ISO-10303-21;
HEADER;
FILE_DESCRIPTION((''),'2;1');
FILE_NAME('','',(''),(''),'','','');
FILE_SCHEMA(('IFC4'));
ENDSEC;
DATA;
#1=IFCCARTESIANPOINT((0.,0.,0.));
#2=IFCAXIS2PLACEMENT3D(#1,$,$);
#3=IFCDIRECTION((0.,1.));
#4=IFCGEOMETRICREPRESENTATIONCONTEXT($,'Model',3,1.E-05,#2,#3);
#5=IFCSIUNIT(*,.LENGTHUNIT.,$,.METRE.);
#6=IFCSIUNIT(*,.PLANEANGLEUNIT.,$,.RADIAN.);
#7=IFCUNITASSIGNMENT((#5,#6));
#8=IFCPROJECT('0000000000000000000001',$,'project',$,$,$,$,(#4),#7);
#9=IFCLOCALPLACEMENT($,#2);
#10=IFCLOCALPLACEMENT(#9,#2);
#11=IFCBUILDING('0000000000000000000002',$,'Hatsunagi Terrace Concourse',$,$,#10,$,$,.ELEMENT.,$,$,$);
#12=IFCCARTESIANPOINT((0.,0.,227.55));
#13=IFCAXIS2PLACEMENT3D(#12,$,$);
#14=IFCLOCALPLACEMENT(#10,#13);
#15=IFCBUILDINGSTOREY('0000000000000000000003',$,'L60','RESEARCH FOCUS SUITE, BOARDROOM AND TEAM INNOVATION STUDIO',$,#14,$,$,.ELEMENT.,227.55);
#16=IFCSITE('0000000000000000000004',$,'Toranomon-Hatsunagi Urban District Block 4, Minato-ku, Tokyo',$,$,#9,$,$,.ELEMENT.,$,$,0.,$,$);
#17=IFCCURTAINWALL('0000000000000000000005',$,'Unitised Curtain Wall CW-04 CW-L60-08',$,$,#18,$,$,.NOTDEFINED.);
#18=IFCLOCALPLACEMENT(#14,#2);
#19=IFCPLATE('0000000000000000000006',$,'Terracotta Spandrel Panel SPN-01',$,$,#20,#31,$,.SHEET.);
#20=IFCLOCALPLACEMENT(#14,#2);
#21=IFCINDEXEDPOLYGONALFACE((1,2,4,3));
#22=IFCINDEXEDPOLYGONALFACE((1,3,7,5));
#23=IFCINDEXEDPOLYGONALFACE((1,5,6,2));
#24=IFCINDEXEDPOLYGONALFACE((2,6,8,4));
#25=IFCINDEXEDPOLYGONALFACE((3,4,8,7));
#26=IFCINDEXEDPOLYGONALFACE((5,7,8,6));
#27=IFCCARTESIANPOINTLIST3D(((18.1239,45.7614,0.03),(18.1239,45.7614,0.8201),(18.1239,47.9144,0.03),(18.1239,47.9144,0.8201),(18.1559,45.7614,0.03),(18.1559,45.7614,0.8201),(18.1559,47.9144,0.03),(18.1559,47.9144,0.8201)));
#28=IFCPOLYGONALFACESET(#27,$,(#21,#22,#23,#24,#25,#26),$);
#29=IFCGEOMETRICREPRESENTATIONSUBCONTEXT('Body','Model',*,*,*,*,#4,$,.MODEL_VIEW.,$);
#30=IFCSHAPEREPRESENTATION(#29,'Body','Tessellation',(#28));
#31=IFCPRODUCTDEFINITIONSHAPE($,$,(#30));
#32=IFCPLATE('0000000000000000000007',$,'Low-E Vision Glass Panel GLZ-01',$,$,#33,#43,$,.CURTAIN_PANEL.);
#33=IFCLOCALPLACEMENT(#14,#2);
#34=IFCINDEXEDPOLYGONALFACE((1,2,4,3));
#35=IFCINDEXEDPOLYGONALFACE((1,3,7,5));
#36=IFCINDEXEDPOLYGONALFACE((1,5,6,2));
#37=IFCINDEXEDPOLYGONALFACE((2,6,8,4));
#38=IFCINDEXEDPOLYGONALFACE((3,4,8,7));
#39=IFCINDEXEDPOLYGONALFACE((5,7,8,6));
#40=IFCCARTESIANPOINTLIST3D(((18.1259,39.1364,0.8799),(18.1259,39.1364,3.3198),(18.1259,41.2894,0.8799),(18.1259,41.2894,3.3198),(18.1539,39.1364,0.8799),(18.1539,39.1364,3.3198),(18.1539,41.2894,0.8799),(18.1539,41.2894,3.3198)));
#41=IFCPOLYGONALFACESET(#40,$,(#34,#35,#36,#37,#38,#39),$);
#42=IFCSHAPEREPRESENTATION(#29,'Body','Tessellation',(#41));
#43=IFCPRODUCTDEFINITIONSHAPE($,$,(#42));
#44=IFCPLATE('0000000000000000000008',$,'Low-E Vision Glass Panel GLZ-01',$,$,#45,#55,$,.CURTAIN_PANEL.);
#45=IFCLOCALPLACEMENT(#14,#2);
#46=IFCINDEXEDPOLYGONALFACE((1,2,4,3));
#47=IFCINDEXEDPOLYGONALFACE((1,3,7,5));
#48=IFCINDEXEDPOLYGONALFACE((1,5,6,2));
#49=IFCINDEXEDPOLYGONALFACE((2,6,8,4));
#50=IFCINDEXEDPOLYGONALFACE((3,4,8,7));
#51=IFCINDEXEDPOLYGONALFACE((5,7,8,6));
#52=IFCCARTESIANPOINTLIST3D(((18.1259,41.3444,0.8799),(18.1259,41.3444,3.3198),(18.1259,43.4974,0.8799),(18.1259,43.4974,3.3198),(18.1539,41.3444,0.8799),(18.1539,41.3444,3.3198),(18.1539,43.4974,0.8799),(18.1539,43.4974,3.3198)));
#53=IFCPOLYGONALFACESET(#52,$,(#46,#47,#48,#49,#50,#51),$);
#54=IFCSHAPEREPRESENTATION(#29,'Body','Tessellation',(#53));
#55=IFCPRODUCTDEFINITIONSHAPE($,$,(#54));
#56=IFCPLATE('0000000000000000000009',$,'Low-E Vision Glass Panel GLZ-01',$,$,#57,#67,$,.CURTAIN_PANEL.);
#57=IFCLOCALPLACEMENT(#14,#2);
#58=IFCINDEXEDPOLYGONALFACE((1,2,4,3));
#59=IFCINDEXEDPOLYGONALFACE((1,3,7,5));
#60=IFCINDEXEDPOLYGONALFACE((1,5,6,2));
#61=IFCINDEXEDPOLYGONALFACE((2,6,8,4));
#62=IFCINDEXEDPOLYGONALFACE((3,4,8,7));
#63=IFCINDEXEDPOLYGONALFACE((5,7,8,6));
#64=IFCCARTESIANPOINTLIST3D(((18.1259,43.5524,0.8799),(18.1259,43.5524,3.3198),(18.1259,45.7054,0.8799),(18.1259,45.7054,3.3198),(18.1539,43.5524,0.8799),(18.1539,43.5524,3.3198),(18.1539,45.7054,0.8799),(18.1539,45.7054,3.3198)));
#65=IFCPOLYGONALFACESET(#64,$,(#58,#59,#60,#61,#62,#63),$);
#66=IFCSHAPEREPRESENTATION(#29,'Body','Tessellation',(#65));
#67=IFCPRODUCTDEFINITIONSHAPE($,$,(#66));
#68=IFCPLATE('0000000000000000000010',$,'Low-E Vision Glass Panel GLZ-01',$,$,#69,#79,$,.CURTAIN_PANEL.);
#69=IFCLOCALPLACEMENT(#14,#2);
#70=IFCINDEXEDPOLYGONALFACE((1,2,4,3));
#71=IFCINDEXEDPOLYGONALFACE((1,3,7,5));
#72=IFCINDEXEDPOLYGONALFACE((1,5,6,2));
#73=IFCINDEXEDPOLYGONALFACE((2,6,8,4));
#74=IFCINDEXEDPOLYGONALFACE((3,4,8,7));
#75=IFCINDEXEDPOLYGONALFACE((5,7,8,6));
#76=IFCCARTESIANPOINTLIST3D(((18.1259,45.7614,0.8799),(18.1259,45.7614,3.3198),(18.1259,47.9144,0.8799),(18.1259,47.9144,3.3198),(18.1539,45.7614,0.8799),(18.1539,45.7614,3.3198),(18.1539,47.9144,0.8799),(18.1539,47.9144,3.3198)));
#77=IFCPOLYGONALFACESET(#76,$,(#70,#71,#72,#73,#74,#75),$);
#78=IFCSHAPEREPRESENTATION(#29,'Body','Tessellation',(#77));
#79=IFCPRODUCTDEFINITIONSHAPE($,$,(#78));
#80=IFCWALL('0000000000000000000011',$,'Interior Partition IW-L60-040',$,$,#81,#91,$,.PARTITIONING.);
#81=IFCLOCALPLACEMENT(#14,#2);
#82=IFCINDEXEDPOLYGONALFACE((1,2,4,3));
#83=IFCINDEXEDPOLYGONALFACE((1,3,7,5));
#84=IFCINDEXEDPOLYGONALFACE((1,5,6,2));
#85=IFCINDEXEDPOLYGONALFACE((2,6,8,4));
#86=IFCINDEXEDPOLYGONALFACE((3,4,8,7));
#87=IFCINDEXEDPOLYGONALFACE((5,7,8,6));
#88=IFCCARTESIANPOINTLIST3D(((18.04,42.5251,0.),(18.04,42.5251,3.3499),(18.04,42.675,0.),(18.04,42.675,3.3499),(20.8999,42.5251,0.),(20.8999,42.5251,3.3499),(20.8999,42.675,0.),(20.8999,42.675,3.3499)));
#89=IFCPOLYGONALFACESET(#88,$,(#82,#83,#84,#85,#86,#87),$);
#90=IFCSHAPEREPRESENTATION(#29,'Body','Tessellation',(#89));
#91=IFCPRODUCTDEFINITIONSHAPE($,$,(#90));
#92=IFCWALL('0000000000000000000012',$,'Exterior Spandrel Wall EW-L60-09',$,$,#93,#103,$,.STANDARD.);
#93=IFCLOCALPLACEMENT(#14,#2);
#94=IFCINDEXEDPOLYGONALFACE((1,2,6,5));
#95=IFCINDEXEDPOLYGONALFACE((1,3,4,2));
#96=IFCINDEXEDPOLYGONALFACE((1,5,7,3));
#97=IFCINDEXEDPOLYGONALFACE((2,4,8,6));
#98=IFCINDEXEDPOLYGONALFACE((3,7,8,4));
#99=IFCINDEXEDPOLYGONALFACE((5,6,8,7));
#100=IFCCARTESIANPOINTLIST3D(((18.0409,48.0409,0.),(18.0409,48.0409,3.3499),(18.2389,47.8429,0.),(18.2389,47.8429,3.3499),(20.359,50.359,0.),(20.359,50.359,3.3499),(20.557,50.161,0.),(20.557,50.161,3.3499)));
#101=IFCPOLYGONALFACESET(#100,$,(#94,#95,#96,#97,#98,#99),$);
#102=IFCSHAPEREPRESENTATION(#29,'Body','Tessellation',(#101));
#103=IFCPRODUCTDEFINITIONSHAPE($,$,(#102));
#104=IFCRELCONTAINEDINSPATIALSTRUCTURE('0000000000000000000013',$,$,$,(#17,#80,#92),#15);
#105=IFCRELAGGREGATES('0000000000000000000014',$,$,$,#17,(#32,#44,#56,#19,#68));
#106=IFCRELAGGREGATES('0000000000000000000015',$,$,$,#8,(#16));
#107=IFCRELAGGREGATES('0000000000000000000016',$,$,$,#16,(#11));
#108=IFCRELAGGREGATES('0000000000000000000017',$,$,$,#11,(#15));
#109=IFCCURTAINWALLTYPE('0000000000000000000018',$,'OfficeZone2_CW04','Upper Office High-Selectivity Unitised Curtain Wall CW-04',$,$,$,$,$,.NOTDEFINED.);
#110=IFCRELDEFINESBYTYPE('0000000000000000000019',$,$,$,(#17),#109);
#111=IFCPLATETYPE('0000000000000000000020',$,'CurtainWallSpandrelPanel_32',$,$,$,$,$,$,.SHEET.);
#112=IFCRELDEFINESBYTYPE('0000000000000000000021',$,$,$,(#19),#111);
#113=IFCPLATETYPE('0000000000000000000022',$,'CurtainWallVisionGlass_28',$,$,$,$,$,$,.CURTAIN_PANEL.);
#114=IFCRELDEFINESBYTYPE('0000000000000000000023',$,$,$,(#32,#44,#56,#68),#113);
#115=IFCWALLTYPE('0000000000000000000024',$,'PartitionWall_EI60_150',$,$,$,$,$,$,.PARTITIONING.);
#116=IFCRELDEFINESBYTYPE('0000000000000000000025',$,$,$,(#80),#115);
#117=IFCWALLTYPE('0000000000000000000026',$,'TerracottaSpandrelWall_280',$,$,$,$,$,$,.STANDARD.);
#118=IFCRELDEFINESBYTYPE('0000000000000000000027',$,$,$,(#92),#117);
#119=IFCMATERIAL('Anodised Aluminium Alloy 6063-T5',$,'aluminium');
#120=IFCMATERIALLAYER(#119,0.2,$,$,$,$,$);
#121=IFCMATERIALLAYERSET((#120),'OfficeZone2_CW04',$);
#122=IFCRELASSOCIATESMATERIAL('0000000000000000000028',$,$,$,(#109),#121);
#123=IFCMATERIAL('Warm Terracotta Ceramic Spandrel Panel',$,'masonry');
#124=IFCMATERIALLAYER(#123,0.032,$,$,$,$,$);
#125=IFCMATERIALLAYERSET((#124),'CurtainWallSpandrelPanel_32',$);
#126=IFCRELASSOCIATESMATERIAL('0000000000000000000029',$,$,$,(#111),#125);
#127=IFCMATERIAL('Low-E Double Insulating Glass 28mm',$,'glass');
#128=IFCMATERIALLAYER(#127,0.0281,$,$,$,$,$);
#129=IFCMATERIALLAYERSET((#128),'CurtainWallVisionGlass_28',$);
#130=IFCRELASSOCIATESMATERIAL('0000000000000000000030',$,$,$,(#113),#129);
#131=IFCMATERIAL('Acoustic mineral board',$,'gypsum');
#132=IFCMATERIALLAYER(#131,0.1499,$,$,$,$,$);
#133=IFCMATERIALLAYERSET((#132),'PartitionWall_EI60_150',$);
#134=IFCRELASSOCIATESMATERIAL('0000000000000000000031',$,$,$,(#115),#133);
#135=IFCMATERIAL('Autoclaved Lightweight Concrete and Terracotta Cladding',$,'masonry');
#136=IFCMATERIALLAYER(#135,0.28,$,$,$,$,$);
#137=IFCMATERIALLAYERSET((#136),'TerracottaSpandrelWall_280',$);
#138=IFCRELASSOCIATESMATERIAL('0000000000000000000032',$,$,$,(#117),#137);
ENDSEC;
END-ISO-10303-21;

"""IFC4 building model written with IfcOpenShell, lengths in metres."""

from ifc_helpers import new_model, si_unit, direction, frame, frame_2d, origin, origin_2d, place, context, subcontext, project, spatial, rectangle, extrude, material, layer, layer_set, type_object, element, aggregate, save


model = new_model("IFC4")

# Units and contexts
model_context = context("Model", 3, precision=1e-05, world=origin(), true_north=direction((0.0, 1.0)))
body_context = subcontext(model_context, "Body", "Model", "MODEL_VIEW")
ifc_project = project(units=[si_unit("LENGTHUNIT", "METRE"), si_unit("PLANEANGLEUNIT", "RADIAN")], contexts=[model_context])

# Site, building, storey
site_placement = place(None, origin())
site = spatial("IfcSite", under=ifc_project, at=site_placement, Name="Toranomon-Hatsunagi Urban District Block 4, Minato-ku, Tokyo", CompositionType="ELEMENT", RefElevation=0.0)
building_placement = place(site_placement, origin())
building = spatial("IfcBuilding", under=site, at=building_placement, Name="Hatsunagi Terrace Concourse", CompositionType="ELEMENT")
storey_placement = place(building_placement, frame((0.0, 0.0, 227.55)))
storey = spatial("IfcBuildingStorey", under=building, at=storey_placement, Name="L60", Description="RESEARCH FOCUS SUITE, BOARDROOM AND TEAM INNOVATION STUDIO", CompositionType="ELEMENT", Elevation=227.55)

# Curtain wall
ifc_material_1 = material(Name="Anodised Aluminium Alloy 6063-T5", Category="aluminium")
ifc_layer_1 = layer(ifc_material_1, 0.2)
ifc_layer_set_1 = layer_set([ifc_layer_1], Name="OfficeZone2_CW04")
curtain_wall_type = type_object("IfcCurtainWallType", Name="OfficeZone2_CW04", Description="Upper Office High-Selectivity Unitised Curtain Wall CW-04", PredefinedType="NOTDEFINED", material=ifc_layer_set_1)
curtain_wall_placement = place(storey_placement, origin())
curtain_wall = element("IfcCurtainWall", 1, at=curtain_wall_placement, inside=storey, type_object=curtain_wall_type, Name="Unitised Curtain Wall CW-04 CW-L60-08", PredefinedType="NOTDEFINED")

# Plates
ifc_material_2 = material(Name="Warm Terracotta Ceramic Spandrel Panel", Category="masonry")
ifc_layer_2 = layer(ifc_material_2, 0.032)
ifc_layer_set_2 = layer_set([ifc_layer_2], Name="CurtainWallSpandrelPanel_32")
plate_type_1 = type_object("IfcPlateType", Name="CurtainWallSpandrelPanel_32", PredefinedType="SHEET", material=ifc_layer_set_2)
plate_1_placement = place(storey_placement, frame((18.1399, 46.8379, 0.03), z_axis=(0.0, 0.0, 1.0), x_axis=(0.0, 1.0, 0.0)))
plate_1 = element("IfcPlate", 2, at=plate_1_placement, type_object=plate_type_1, Name="Terracotta Spandrel Panel SPN-01", PredefinedType="SHEET", context=body_context, shape_type="SweptSolid", body=[
    extrude(rectangle(XDim=2.1531, YDim=0.032, at=origin_2d()), origin(), (0.0, 0.0, 1.0), 0.79),
])
ifc_material_3 = material(Name="Low-E Double Insulating Glass 28mm", Category="glass")
ifc_layer_3 = layer(ifc_material_3, 0.0281)
ifc_layer_set_3 = layer_set([ifc_layer_3], Name="CurtainWallVisionGlass_28")
plate_type_2 = type_object("IfcPlateType", Name="CurtainWallVisionGlass_28", PredefinedType="CURTAIN_PANEL", material=ifc_layer_set_3)
plate_2_placement = place(storey_placement, frame((18.1399, 40.2129, 0.8799), z_axis=(0.0, 0.0, 1.0), x_axis=(0.0, 1.0, 0.0)))
plate_2 = element("IfcPlate", 3, at=plate_2_placement, type_object=plate_type_2, Name="Low-E Vision Glass Panel GLZ-01", PredefinedType="CURTAIN_PANEL", context=body_context, shape_type="SweptSolid", body=[
    extrude(rectangle(XDim=2.1531, YDim=0.0281, at=origin_2d()), origin(), (0.0, 0.0, 1.0), 2.4399),
])
plate_3_placement = place(storey_placement, frame((18.1399, 42.4209, 0.8799), z_axis=(0.0, 0.0, 1.0), x_axis=(0.0, 1.0, 0.0)))
plate_3 = element("IfcPlate", 4, at=plate_3_placement, type_object=plate_type_2, Name="Low-E Vision Glass Panel GLZ-01", PredefinedType="CURTAIN_PANEL", context=body_context, shape_type="SweptSolid", body=[
    extrude(rectangle(XDim=2.1531, YDim=0.0281, at=origin_2d()), origin(), (0.0, 0.0, 1.0), 2.4399),
])
plate_4_placement = place(storey_placement, frame((18.1399, 44.6289, 0.8799), z_axis=(0.0, 0.0, 1.0), x_axis=(0.0, 1.0, 0.0)))
plate_4 = element("IfcPlate", 5, at=plate_4_placement, type_object=plate_type_2, Name="Low-E Vision Glass Panel GLZ-01", PredefinedType="CURTAIN_PANEL", context=body_context, shape_type="SweptSolid", body=[
    extrude(rectangle(XDim=2.1531, YDim=0.0281, at=origin_2d()), origin(), (0.0, 0.0, 1.0), 2.4399),
])
plate_5_placement = place(storey_placement, frame((18.1399, 46.8379, 0.8799), z_axis=(0.0, 0.0, 1.0), x_axis=(0.0, 1.0, 0.0)))
plate_5 = element("IfcPlate", 6, at=plate_5_placement, type_object=plate_type_2, Name="Low-E Vision Glass Panel GLZ-01", PredefinedType="CURTAIN_PANEL", context=body_context, shape_type="SweptSolid", body=[
    extrude(rectangle(XDim=2.1531, YDim=0.0281, at=origin_2d()), origin(), (0.0, 0.0, 1.0), 2.4399),
])
aggregate(curtain_wall, [plate_2, plate_3, plate_4, plate_1, plate_5])

# Walls
ifc_material_4 = material(Name="Acoustic mineral board", Category="gypsum")
ifc_layer_4 = layer(ifc_material_4, 0.1499)
ifc_layer_set_4 = layer_set([ifc_layer_4], Name="PartitionWall_EI60_150")
wall_type_1 = type_object("IfcWallType", Name="PartitionWall_EI60_150", PredefinedType="PARTITIONING", material=ifc_layer_set_4)
wall_1_placement = place(storey_placement, frame((18.04, 42.6001, 0.0), z_axis=(0.0, 0.0, 1.0), x_axis=(1.0, 0.0, 0.0)))
element("IfcWall", 7, at=wall_1_placement, inside=storey, type_object=wall_type_1, Name="Interior Partition IW-L60-040", PredefinedType="PARTITIONING", context=body_context, shape_type="SweptSolid", body=[
    extrude(rectangle(XDim=2.8599, YDim=0.1499, at=frame_2d((1.4299, 0.0))), origin(), (0.0, 0.0, 1.0), 3.3499),
])
ifc_material_5 = material(Name="Autoclaved Lightweight Concrete and Terracotta Cladding", Category="masonry")
ifc_layer_5 = layer(ifc_material_5, 0.28)
ifc_layer_set_5 = layer_set([ifc_layer_5], Name="TerracottaSpandrelWall_280")
wall_type_2 = type_object("IfcWallType", Name="TerracottaSpandrelWall_280", PredefinedType="STANDARD", material=ifc_layer_set_5)
wall_2_placement = place(storey_placement, frame((18.1399, 47.9419, 0.0), z_axis=(0.0, 0.0, 1.0), x_axis=(0.707107, 0.707107, 0.0)))
element("IfcWall", 8, at=wall_2_placement, inside=storey, type_object=wall_type_2, Name="Exterior Spandrel Wall EW-L60-09", PredefinedType="STANDARD", context=body_context, shape_type="SweptSolid", body=[
    extrude(rectangle(XDim=3.2783, YDim=0.28, at=frame_2d((1.6392, 0.0))), origin(), (0.0, 0.0, 1.0), 3.3499),
])

save(model, "model.ifc")
